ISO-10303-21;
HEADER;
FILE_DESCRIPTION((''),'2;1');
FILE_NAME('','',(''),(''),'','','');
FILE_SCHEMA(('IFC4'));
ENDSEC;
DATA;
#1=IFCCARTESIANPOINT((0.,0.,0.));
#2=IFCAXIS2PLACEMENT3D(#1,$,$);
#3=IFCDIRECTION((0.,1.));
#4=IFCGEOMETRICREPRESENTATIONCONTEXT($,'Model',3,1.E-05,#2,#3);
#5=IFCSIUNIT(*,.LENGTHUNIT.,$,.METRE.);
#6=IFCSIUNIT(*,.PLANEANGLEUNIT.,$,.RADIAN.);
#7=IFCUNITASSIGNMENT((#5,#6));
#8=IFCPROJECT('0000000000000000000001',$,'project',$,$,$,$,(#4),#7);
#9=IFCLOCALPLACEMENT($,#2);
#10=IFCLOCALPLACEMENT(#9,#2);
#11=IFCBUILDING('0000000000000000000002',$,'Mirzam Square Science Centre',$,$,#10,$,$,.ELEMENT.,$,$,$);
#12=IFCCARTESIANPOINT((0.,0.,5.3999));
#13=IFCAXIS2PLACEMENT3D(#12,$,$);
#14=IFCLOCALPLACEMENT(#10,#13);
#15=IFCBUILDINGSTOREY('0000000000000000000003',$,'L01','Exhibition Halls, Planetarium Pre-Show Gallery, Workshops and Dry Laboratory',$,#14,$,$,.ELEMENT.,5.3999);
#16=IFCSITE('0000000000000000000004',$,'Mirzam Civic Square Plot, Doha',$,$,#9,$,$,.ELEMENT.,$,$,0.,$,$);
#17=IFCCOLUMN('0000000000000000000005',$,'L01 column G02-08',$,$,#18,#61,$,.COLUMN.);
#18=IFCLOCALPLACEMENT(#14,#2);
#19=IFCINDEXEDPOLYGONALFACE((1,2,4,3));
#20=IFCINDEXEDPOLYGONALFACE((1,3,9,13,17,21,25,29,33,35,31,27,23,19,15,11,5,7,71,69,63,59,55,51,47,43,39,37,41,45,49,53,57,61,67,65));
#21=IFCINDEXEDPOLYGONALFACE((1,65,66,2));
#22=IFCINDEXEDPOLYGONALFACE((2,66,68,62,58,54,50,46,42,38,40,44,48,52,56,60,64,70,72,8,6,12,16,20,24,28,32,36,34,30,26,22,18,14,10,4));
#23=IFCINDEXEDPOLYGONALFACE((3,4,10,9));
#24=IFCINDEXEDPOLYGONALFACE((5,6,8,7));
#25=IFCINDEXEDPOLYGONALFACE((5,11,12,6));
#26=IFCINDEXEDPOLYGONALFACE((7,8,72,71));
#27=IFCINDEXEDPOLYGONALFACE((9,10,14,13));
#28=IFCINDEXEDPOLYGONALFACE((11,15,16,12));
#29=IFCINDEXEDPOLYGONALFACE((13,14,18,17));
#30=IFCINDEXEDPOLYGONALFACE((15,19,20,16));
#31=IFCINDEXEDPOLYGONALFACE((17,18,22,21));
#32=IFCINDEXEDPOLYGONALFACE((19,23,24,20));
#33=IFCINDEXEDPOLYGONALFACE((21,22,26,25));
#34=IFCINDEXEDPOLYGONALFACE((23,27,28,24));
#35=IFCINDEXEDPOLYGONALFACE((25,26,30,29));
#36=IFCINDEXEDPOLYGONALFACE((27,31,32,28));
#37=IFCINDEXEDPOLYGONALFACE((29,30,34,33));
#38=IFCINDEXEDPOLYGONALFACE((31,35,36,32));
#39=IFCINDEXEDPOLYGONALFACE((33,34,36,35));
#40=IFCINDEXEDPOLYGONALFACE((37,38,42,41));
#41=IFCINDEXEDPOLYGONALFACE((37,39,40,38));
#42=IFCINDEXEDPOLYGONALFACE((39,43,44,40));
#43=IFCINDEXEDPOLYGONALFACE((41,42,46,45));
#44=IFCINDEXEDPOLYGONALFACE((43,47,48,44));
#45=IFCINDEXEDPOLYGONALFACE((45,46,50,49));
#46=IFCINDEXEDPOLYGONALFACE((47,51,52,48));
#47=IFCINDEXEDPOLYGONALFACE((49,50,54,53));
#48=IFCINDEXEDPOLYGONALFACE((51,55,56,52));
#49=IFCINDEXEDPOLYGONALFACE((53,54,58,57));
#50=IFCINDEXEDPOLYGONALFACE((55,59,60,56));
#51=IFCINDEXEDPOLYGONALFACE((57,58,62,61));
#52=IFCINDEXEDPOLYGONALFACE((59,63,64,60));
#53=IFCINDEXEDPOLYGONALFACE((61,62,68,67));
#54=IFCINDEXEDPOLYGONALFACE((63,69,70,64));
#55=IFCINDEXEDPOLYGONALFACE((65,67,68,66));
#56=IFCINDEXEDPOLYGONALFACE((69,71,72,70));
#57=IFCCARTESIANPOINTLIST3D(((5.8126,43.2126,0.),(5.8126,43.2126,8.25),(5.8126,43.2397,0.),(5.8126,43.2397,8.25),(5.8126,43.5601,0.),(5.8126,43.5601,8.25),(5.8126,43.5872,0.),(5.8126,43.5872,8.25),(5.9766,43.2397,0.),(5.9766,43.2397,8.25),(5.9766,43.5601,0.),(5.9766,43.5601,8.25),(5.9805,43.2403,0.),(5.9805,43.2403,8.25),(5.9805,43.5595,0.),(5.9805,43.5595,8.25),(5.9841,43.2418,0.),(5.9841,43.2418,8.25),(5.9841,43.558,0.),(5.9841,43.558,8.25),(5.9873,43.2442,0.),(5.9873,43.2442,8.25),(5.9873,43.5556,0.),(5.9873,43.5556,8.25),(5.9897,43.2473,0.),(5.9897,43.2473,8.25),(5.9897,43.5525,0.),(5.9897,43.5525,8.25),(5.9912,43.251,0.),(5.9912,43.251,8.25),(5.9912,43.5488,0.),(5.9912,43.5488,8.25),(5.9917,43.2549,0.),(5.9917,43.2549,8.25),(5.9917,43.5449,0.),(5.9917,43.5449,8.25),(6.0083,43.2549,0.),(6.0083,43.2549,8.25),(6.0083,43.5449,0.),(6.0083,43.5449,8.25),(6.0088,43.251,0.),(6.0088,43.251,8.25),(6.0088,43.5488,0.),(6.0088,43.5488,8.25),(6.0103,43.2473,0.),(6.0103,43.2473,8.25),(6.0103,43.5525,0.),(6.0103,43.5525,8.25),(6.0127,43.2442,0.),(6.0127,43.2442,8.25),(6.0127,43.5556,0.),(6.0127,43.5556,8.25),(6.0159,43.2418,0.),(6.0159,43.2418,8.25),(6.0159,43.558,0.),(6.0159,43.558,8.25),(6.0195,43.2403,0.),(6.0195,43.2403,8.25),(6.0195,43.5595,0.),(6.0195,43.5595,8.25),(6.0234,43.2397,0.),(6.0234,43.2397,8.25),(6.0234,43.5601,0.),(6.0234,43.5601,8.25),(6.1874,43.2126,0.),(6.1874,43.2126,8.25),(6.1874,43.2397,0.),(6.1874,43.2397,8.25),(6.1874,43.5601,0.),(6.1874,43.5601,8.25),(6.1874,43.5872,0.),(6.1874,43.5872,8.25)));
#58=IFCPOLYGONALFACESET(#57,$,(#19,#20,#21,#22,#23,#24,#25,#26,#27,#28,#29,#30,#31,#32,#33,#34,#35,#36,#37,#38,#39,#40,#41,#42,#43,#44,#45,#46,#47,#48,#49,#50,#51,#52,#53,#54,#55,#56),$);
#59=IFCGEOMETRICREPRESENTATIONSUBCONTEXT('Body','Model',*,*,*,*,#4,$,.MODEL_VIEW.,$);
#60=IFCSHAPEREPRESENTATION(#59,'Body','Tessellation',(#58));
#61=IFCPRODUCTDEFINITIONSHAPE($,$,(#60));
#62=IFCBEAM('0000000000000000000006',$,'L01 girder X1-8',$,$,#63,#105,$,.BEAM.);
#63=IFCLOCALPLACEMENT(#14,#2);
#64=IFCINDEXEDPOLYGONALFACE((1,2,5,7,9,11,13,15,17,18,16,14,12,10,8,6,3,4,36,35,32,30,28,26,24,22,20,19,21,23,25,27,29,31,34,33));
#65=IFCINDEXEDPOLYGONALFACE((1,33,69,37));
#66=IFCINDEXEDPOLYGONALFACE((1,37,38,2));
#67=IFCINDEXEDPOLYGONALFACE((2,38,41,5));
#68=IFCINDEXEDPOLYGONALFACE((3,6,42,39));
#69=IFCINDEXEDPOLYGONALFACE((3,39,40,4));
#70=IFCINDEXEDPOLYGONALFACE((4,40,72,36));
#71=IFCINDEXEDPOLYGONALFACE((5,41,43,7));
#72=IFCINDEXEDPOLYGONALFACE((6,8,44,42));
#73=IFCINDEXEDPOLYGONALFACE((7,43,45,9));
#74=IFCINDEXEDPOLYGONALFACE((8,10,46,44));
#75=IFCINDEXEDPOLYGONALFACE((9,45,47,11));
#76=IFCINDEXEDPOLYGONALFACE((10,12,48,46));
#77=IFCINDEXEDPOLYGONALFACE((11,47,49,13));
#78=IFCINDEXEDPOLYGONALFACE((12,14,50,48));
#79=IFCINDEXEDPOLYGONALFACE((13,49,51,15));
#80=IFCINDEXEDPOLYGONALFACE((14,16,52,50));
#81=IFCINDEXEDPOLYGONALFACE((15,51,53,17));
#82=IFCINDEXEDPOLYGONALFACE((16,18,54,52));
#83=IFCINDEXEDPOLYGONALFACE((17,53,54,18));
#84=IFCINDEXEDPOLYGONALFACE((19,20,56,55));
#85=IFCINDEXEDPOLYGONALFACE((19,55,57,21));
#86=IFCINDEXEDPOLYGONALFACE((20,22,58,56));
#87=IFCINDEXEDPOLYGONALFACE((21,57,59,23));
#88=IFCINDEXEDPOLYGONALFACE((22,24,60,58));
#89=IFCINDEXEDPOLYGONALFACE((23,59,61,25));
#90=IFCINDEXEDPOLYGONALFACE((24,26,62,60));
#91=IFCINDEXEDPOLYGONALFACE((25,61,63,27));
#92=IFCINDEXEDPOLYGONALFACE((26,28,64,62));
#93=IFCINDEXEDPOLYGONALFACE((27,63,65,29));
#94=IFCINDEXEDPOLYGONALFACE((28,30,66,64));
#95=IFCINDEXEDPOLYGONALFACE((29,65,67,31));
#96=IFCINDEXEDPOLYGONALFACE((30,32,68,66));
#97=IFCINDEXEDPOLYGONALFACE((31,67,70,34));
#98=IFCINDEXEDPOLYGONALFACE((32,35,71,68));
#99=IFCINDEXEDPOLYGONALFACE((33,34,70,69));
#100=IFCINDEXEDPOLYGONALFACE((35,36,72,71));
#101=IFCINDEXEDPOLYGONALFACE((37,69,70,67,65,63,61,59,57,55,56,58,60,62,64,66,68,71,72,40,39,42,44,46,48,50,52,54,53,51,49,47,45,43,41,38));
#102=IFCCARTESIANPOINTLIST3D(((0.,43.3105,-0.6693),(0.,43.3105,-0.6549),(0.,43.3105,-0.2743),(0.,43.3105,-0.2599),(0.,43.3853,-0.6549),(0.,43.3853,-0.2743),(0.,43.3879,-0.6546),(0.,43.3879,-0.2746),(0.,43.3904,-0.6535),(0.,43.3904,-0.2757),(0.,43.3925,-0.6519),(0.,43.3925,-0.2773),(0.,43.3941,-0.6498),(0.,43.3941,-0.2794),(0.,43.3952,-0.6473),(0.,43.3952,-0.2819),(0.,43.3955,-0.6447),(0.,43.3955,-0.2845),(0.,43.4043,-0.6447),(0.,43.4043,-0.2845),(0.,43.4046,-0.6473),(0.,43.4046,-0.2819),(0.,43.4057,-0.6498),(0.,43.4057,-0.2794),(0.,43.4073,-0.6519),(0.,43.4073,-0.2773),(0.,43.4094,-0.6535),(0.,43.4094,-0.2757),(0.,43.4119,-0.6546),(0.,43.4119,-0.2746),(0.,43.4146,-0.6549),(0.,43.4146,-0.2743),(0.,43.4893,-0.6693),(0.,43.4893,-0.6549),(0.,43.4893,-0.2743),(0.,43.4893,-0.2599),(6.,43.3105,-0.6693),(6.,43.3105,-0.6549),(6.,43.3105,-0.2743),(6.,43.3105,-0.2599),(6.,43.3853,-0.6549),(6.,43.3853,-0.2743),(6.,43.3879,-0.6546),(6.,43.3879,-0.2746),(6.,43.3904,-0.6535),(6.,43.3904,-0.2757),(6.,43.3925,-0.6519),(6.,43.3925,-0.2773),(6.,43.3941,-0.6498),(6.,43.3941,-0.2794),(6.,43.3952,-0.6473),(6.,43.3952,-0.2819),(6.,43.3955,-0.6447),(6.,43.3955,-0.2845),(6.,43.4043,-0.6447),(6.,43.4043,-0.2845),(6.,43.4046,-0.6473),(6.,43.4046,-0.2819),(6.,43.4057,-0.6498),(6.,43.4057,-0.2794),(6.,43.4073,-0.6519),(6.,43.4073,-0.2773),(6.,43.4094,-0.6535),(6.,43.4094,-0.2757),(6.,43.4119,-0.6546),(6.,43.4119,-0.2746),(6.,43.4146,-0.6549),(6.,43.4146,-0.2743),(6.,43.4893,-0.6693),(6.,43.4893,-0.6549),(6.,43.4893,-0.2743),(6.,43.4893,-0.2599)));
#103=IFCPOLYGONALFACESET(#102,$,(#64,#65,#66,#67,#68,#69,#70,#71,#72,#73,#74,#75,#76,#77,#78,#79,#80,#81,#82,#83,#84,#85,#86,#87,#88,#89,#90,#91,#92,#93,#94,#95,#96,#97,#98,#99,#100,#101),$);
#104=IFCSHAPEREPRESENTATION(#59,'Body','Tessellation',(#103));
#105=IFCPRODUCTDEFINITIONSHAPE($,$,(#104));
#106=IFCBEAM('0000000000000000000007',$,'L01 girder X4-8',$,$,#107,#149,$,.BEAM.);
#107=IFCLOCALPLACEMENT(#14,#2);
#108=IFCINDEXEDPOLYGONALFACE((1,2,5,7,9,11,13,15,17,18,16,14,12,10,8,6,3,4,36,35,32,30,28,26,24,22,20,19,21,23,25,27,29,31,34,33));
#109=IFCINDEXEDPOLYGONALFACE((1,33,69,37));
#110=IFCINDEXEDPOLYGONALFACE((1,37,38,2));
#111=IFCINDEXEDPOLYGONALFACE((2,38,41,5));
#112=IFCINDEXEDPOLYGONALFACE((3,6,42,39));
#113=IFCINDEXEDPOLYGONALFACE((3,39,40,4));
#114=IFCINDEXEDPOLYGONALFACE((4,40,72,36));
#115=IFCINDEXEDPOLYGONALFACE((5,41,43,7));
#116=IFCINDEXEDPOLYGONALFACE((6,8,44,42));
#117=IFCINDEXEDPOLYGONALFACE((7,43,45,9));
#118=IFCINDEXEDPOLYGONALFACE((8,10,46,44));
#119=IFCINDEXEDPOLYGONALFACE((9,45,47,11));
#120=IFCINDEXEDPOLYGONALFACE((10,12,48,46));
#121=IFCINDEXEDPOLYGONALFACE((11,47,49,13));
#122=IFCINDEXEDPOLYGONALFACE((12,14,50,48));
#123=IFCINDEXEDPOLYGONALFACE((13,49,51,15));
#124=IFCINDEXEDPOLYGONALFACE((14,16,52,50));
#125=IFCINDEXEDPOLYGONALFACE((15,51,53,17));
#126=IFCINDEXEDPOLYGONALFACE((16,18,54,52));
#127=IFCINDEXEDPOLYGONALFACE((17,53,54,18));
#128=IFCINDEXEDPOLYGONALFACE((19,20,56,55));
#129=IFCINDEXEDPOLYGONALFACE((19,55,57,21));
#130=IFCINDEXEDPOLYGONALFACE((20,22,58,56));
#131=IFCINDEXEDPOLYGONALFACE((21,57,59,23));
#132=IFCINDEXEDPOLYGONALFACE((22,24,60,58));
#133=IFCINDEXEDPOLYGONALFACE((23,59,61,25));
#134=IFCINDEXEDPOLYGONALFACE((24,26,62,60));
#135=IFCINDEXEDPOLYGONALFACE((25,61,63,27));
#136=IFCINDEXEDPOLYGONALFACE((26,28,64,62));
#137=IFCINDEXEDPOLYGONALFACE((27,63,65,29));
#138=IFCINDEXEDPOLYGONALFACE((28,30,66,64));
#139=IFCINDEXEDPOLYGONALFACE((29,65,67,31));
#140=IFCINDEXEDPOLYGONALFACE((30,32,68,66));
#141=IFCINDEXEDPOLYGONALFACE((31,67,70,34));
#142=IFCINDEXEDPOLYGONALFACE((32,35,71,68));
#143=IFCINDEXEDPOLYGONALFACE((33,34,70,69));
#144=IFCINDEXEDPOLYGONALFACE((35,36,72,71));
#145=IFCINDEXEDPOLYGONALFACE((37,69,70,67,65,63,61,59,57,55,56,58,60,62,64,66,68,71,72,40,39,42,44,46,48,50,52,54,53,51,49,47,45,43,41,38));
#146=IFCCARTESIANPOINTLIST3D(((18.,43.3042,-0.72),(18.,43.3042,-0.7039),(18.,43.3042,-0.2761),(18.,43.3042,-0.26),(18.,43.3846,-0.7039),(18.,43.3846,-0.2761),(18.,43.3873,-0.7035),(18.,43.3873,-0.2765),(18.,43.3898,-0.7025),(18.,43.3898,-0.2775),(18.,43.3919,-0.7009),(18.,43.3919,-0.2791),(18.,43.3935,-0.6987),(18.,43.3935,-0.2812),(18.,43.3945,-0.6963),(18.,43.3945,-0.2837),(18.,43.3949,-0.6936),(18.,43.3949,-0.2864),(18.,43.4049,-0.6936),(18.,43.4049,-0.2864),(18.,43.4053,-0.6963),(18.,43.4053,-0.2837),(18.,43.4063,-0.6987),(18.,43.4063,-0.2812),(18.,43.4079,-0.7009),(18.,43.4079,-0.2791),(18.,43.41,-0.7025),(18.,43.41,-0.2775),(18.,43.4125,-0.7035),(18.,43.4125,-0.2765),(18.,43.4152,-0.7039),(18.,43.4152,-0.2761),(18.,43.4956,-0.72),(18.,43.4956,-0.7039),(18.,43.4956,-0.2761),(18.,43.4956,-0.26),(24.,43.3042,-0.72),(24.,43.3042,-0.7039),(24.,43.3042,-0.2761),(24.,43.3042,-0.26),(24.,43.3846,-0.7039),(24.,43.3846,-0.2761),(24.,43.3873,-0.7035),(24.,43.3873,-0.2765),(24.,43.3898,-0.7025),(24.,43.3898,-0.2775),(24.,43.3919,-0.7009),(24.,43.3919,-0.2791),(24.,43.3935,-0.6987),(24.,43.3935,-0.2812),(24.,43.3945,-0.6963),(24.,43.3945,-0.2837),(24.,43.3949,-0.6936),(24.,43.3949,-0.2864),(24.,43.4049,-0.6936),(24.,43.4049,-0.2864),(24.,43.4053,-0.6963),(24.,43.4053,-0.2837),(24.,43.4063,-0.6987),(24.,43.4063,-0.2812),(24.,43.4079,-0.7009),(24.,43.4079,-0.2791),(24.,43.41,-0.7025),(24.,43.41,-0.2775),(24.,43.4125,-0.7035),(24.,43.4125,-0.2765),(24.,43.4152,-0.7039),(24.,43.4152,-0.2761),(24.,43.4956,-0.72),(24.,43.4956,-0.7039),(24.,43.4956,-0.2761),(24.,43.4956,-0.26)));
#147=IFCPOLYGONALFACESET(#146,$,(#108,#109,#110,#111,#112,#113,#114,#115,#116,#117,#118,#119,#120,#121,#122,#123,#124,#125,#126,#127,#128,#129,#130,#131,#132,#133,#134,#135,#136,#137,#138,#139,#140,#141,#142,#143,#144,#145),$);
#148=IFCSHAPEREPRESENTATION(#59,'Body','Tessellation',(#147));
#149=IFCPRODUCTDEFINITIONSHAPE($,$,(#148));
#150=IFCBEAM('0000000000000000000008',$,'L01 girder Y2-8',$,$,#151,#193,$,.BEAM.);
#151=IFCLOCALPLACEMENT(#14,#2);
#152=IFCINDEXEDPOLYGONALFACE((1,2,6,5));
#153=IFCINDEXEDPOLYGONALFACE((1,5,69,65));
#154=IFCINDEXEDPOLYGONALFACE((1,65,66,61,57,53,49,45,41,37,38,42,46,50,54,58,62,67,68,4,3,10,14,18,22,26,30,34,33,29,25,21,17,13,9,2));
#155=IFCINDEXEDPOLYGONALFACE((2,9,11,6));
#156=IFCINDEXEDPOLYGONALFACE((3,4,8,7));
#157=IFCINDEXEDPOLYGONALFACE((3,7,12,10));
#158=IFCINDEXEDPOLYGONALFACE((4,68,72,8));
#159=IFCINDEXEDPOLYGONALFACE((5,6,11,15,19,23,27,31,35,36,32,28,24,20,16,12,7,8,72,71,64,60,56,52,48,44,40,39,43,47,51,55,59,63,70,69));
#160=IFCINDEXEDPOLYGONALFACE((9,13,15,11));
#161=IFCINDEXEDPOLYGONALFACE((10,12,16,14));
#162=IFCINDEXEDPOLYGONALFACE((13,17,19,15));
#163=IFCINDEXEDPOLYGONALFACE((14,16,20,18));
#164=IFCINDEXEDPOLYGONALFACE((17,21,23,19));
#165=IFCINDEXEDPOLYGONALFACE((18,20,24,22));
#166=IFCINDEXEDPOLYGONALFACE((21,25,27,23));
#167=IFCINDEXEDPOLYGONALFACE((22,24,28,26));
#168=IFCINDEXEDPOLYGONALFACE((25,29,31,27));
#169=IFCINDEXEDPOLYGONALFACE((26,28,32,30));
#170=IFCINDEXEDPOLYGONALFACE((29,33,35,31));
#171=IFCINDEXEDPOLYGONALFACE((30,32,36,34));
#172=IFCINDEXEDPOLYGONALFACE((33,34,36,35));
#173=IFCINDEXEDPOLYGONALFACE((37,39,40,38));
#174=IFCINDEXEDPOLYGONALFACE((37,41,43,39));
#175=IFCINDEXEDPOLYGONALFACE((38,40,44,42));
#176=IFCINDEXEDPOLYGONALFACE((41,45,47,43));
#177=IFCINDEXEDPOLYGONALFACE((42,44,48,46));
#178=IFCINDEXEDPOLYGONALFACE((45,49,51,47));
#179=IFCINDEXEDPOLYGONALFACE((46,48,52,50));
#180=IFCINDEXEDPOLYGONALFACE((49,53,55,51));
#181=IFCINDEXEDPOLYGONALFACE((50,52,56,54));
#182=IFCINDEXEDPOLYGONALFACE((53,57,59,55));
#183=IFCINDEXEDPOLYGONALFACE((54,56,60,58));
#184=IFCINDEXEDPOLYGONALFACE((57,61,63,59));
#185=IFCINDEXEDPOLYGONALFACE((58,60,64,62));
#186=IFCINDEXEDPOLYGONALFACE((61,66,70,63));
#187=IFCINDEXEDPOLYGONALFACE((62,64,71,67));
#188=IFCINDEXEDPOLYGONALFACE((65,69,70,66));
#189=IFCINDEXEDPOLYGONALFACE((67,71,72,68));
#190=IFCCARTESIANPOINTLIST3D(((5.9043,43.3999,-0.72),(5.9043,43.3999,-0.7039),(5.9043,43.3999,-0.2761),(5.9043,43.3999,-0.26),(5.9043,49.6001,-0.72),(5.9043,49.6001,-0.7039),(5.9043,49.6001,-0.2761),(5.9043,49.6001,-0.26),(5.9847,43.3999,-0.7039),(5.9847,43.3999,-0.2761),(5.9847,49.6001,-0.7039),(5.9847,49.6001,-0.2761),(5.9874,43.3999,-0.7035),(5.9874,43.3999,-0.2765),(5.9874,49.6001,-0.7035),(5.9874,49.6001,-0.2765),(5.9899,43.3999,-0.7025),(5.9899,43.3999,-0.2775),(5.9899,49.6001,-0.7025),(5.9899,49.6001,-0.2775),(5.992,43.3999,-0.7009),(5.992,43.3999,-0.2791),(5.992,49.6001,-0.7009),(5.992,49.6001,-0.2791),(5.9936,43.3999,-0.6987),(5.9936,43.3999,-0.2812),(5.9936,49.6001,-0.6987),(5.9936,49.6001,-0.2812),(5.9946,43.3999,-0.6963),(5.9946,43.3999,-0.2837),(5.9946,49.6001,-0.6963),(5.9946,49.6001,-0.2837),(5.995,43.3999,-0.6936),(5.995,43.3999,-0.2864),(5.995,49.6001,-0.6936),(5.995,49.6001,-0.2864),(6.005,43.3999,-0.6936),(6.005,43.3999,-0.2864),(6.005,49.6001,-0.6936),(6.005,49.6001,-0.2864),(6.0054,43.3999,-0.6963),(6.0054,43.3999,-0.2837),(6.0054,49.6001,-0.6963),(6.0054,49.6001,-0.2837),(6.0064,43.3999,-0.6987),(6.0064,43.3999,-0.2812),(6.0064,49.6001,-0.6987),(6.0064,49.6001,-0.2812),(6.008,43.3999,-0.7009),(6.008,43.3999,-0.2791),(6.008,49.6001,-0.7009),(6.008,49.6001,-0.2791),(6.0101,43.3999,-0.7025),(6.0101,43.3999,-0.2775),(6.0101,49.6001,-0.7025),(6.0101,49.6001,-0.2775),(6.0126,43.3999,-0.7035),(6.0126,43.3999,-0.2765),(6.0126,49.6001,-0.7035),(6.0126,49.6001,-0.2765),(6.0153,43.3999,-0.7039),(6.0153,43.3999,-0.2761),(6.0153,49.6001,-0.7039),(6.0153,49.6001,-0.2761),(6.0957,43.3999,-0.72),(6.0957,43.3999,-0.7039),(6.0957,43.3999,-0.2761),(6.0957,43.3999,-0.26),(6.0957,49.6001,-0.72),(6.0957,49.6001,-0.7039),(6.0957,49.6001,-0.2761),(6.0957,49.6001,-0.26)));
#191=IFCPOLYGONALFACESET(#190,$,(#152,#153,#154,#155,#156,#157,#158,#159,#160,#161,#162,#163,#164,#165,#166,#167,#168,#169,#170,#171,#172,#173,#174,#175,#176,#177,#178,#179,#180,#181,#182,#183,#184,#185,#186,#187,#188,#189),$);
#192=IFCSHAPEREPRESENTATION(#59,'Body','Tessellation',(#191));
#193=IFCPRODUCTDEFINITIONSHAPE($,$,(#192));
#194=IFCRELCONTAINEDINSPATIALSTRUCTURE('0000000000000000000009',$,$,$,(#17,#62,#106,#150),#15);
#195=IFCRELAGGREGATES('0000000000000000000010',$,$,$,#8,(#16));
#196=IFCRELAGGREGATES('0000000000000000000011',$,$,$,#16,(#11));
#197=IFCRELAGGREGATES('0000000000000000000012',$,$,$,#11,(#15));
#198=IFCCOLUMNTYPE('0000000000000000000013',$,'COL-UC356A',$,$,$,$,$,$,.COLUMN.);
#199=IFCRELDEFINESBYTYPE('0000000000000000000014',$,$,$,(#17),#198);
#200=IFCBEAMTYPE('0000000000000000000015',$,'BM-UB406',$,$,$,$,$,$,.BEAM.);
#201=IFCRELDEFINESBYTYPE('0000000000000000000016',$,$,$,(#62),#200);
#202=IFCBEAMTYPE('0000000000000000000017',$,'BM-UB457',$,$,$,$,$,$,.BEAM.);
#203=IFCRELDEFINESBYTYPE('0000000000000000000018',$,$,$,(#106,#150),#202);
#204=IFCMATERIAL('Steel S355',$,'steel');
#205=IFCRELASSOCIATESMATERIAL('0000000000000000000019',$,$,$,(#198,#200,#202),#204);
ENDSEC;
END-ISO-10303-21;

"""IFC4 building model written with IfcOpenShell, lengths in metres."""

from ifc_helpers import new_model, si_unit, direction, frame, origin, origin_2d, place, context, subcontext, project, spatial, i_section, extrude, material, material_profile, profile_set, type_object, element, save


model = new_model("IFC4")

# Units and contexts
model_context = context("Model", 3, precision=1e-05, world=origin(), true_north=direction((0.0, 1.0)))
body_context = subcontext(model_context, "Body", "Model", "MODEL_VIEW")
ifc_project = project(units=[si_unit("LENGTHUNIT", "METRE"), si_unit("PLANEANGLEUNIT", "RADIAN")], contexts=[model_context])

# Site, building, storey
site_placement = place(None, origin())
site = spatial("IfcSite", under=ifc_project, at=site_placement, Name="Mirzam Civic Square Plot, Doha", CompositionType="ELEMENT", RefElevation=0.0)
building_placement = place(site_placement, origin())
building = spatial("IfcBuilding", under=site, at=building_placement, Name="Mirzam Square Science Centre", CompositionType="ELEMENT")
storey_placement = place(building_placement, frame((0.0, 0.0, 5.3999)))
storey = spatial("IfcBuildingStorey", under=building, at=storey_placement, Name="L01", Description="Exhibition Halls, Planetarium Pre-Show Gallery, Workshops and Dry Laboratory", CompositionType="ELEMENT", Elevation=5.3999)

# Column
ifc_material_1 = material(Name="Steel S355", Category="steel")
ifc_material_profile_1 = material_profile(ifc_material_1, i_section(OverallWidth=0.3748, OverallDepth=0.3745, WebThickness=0.0166, FlangeThickness=0.0271, FilletRadius=0.0151, at=origin_2d()), Name="356x368x202UC")
ifc_profile_set_1 = profile_set([ifc_material_profile_1], Name="Steel S355")
column_type_1 = type_object("IfcColumnType", Name="COL-UC356A", PredefinedType="COLUMN", material=ifc_profile_set_1)
column_1_placement = place(storey_placement, frame((6.0, 43.3999, 0.0), z_axis=(0.0, 0.0, 1.0), x_axis=(1.0, 0.0, 0.0)))
element("IfcColumn", 1, at=column_1_placement, inside=storey, type_object=column_type_1, Name="L01 column G02-08", PredefinedType="COLUMN", context=body_context, shape_type="SweptSolid", body=[
    extrude(i_section(OverallWidth=0.3748, OverallDepth=0.3745, WebThickness=0.0166, FlangeThickness=0.0271, FilletRadius=0.0151, at=origin_2d()), origin(), (0.0, 0.0, 1.0), 8.25),
])

# Beams
ifc_material_profile_2 = material_profile(ifc_material_1, i_section(OverallWidth=0.1787, OverallDepth=0.4094, WebThickness=0.0088, FlangeThickness=0.0144, FilletRadius=0.0103, at=origin_2d()), Name="406x178x67UB")
ifc_profile_set_2 = profile_set([ifc_material_profile_2], Name="Steel S355")
beam_type_1 = type_object("IfcBeamType", Name="BM-UB406", PredefinedType="BEAM", material=ifc_profile_set_2)
beam_1_placement = place(storey_placement, frame((0.0, 43.3999, -0.4646), z_axis=(1.0, 0.0, 0.0), x_axis=(0.0, 1.0, 0.0)))
element("IfcBeam", 2, at=beam_1_placement, inside=storey, type_object=beam_type_1, Name="L01 girder X1-8", PredefinedType="BEAM", context=body_context, shape_type="SweptSolid", body=[
    extrude(i_section(OverallWidth=0.1787, OverallDepth=0.4094, WebThickness=0.0088, FlangeThickness=0.0144, FilletRadius=0.0103, at=origin_2d()), origin(), (0.0, 0.0, 1.0), 6.0),
])
ifc_material_profile_3 = material_profile(ifc_material_1, i_section(OverallWidth=0.1914, OverallDepth=0.46, WebThickness=0.01, FlangeThickness=0.0161, FilletRadius=0.0103, at=origin_2d()), Name="457x191x82UB")
ifc_profile_set_3 = profile_set([ifc_material_profile_3], Name="Steel S355")
beam_type_2 = type_object("IfcBeamType", Name="BM-UB457", PredefinedType="BEAM", material=ifc_profile_set_3)
beam_2_placement = place(storey_placement, frame((18.0, 43.3999, -0.49), z_axis=(1.0, 0.0, 0.0), x_axis=(0.0, 1.0, 0.0)))
element("IfcBeam", 3, at=beam_2_placement, inside=storey, type_object=beam_type_2, Name="L01 girder X4-8", PredefinedType="BEAM", context=body_context, shape_type="SweptSolid", body=[
    extrude(i_section(OverallWidth=0.1914, OverallDepth=0.46, WebThickness=0.01, FlangeThickness=0.0161, FilletRadius=0.0103, at=origin_2d()), origin(), (0.0, 0.0, 1.0), 6.0),
])
beam_3_placement = place(storey_placement, frame((6.0, 43.3999, -0.49), z_axis=(0.0, 1.0, 0.0), x_axis=(-1.0, 0.0, 0.0)))
element("IfcBeam", 4, at=beam_3_placement, inside=storey, type_object=beam_type_2, Name="L01 girder Y2-8", PredefinedType="BEAM", context=body_context, shape_type="SweptSolid", body=[
    extrude(i_section(OverallWidth=0.1914, OverallDepth=0.46, WebThickness=0.01, FlangeThickness=0.0161, FilletRadius=0.0103, at=origin_2d()), origin(), (0.0, 0.0, 1.0), 6.2002),
])

save(model, "model.ifc")
